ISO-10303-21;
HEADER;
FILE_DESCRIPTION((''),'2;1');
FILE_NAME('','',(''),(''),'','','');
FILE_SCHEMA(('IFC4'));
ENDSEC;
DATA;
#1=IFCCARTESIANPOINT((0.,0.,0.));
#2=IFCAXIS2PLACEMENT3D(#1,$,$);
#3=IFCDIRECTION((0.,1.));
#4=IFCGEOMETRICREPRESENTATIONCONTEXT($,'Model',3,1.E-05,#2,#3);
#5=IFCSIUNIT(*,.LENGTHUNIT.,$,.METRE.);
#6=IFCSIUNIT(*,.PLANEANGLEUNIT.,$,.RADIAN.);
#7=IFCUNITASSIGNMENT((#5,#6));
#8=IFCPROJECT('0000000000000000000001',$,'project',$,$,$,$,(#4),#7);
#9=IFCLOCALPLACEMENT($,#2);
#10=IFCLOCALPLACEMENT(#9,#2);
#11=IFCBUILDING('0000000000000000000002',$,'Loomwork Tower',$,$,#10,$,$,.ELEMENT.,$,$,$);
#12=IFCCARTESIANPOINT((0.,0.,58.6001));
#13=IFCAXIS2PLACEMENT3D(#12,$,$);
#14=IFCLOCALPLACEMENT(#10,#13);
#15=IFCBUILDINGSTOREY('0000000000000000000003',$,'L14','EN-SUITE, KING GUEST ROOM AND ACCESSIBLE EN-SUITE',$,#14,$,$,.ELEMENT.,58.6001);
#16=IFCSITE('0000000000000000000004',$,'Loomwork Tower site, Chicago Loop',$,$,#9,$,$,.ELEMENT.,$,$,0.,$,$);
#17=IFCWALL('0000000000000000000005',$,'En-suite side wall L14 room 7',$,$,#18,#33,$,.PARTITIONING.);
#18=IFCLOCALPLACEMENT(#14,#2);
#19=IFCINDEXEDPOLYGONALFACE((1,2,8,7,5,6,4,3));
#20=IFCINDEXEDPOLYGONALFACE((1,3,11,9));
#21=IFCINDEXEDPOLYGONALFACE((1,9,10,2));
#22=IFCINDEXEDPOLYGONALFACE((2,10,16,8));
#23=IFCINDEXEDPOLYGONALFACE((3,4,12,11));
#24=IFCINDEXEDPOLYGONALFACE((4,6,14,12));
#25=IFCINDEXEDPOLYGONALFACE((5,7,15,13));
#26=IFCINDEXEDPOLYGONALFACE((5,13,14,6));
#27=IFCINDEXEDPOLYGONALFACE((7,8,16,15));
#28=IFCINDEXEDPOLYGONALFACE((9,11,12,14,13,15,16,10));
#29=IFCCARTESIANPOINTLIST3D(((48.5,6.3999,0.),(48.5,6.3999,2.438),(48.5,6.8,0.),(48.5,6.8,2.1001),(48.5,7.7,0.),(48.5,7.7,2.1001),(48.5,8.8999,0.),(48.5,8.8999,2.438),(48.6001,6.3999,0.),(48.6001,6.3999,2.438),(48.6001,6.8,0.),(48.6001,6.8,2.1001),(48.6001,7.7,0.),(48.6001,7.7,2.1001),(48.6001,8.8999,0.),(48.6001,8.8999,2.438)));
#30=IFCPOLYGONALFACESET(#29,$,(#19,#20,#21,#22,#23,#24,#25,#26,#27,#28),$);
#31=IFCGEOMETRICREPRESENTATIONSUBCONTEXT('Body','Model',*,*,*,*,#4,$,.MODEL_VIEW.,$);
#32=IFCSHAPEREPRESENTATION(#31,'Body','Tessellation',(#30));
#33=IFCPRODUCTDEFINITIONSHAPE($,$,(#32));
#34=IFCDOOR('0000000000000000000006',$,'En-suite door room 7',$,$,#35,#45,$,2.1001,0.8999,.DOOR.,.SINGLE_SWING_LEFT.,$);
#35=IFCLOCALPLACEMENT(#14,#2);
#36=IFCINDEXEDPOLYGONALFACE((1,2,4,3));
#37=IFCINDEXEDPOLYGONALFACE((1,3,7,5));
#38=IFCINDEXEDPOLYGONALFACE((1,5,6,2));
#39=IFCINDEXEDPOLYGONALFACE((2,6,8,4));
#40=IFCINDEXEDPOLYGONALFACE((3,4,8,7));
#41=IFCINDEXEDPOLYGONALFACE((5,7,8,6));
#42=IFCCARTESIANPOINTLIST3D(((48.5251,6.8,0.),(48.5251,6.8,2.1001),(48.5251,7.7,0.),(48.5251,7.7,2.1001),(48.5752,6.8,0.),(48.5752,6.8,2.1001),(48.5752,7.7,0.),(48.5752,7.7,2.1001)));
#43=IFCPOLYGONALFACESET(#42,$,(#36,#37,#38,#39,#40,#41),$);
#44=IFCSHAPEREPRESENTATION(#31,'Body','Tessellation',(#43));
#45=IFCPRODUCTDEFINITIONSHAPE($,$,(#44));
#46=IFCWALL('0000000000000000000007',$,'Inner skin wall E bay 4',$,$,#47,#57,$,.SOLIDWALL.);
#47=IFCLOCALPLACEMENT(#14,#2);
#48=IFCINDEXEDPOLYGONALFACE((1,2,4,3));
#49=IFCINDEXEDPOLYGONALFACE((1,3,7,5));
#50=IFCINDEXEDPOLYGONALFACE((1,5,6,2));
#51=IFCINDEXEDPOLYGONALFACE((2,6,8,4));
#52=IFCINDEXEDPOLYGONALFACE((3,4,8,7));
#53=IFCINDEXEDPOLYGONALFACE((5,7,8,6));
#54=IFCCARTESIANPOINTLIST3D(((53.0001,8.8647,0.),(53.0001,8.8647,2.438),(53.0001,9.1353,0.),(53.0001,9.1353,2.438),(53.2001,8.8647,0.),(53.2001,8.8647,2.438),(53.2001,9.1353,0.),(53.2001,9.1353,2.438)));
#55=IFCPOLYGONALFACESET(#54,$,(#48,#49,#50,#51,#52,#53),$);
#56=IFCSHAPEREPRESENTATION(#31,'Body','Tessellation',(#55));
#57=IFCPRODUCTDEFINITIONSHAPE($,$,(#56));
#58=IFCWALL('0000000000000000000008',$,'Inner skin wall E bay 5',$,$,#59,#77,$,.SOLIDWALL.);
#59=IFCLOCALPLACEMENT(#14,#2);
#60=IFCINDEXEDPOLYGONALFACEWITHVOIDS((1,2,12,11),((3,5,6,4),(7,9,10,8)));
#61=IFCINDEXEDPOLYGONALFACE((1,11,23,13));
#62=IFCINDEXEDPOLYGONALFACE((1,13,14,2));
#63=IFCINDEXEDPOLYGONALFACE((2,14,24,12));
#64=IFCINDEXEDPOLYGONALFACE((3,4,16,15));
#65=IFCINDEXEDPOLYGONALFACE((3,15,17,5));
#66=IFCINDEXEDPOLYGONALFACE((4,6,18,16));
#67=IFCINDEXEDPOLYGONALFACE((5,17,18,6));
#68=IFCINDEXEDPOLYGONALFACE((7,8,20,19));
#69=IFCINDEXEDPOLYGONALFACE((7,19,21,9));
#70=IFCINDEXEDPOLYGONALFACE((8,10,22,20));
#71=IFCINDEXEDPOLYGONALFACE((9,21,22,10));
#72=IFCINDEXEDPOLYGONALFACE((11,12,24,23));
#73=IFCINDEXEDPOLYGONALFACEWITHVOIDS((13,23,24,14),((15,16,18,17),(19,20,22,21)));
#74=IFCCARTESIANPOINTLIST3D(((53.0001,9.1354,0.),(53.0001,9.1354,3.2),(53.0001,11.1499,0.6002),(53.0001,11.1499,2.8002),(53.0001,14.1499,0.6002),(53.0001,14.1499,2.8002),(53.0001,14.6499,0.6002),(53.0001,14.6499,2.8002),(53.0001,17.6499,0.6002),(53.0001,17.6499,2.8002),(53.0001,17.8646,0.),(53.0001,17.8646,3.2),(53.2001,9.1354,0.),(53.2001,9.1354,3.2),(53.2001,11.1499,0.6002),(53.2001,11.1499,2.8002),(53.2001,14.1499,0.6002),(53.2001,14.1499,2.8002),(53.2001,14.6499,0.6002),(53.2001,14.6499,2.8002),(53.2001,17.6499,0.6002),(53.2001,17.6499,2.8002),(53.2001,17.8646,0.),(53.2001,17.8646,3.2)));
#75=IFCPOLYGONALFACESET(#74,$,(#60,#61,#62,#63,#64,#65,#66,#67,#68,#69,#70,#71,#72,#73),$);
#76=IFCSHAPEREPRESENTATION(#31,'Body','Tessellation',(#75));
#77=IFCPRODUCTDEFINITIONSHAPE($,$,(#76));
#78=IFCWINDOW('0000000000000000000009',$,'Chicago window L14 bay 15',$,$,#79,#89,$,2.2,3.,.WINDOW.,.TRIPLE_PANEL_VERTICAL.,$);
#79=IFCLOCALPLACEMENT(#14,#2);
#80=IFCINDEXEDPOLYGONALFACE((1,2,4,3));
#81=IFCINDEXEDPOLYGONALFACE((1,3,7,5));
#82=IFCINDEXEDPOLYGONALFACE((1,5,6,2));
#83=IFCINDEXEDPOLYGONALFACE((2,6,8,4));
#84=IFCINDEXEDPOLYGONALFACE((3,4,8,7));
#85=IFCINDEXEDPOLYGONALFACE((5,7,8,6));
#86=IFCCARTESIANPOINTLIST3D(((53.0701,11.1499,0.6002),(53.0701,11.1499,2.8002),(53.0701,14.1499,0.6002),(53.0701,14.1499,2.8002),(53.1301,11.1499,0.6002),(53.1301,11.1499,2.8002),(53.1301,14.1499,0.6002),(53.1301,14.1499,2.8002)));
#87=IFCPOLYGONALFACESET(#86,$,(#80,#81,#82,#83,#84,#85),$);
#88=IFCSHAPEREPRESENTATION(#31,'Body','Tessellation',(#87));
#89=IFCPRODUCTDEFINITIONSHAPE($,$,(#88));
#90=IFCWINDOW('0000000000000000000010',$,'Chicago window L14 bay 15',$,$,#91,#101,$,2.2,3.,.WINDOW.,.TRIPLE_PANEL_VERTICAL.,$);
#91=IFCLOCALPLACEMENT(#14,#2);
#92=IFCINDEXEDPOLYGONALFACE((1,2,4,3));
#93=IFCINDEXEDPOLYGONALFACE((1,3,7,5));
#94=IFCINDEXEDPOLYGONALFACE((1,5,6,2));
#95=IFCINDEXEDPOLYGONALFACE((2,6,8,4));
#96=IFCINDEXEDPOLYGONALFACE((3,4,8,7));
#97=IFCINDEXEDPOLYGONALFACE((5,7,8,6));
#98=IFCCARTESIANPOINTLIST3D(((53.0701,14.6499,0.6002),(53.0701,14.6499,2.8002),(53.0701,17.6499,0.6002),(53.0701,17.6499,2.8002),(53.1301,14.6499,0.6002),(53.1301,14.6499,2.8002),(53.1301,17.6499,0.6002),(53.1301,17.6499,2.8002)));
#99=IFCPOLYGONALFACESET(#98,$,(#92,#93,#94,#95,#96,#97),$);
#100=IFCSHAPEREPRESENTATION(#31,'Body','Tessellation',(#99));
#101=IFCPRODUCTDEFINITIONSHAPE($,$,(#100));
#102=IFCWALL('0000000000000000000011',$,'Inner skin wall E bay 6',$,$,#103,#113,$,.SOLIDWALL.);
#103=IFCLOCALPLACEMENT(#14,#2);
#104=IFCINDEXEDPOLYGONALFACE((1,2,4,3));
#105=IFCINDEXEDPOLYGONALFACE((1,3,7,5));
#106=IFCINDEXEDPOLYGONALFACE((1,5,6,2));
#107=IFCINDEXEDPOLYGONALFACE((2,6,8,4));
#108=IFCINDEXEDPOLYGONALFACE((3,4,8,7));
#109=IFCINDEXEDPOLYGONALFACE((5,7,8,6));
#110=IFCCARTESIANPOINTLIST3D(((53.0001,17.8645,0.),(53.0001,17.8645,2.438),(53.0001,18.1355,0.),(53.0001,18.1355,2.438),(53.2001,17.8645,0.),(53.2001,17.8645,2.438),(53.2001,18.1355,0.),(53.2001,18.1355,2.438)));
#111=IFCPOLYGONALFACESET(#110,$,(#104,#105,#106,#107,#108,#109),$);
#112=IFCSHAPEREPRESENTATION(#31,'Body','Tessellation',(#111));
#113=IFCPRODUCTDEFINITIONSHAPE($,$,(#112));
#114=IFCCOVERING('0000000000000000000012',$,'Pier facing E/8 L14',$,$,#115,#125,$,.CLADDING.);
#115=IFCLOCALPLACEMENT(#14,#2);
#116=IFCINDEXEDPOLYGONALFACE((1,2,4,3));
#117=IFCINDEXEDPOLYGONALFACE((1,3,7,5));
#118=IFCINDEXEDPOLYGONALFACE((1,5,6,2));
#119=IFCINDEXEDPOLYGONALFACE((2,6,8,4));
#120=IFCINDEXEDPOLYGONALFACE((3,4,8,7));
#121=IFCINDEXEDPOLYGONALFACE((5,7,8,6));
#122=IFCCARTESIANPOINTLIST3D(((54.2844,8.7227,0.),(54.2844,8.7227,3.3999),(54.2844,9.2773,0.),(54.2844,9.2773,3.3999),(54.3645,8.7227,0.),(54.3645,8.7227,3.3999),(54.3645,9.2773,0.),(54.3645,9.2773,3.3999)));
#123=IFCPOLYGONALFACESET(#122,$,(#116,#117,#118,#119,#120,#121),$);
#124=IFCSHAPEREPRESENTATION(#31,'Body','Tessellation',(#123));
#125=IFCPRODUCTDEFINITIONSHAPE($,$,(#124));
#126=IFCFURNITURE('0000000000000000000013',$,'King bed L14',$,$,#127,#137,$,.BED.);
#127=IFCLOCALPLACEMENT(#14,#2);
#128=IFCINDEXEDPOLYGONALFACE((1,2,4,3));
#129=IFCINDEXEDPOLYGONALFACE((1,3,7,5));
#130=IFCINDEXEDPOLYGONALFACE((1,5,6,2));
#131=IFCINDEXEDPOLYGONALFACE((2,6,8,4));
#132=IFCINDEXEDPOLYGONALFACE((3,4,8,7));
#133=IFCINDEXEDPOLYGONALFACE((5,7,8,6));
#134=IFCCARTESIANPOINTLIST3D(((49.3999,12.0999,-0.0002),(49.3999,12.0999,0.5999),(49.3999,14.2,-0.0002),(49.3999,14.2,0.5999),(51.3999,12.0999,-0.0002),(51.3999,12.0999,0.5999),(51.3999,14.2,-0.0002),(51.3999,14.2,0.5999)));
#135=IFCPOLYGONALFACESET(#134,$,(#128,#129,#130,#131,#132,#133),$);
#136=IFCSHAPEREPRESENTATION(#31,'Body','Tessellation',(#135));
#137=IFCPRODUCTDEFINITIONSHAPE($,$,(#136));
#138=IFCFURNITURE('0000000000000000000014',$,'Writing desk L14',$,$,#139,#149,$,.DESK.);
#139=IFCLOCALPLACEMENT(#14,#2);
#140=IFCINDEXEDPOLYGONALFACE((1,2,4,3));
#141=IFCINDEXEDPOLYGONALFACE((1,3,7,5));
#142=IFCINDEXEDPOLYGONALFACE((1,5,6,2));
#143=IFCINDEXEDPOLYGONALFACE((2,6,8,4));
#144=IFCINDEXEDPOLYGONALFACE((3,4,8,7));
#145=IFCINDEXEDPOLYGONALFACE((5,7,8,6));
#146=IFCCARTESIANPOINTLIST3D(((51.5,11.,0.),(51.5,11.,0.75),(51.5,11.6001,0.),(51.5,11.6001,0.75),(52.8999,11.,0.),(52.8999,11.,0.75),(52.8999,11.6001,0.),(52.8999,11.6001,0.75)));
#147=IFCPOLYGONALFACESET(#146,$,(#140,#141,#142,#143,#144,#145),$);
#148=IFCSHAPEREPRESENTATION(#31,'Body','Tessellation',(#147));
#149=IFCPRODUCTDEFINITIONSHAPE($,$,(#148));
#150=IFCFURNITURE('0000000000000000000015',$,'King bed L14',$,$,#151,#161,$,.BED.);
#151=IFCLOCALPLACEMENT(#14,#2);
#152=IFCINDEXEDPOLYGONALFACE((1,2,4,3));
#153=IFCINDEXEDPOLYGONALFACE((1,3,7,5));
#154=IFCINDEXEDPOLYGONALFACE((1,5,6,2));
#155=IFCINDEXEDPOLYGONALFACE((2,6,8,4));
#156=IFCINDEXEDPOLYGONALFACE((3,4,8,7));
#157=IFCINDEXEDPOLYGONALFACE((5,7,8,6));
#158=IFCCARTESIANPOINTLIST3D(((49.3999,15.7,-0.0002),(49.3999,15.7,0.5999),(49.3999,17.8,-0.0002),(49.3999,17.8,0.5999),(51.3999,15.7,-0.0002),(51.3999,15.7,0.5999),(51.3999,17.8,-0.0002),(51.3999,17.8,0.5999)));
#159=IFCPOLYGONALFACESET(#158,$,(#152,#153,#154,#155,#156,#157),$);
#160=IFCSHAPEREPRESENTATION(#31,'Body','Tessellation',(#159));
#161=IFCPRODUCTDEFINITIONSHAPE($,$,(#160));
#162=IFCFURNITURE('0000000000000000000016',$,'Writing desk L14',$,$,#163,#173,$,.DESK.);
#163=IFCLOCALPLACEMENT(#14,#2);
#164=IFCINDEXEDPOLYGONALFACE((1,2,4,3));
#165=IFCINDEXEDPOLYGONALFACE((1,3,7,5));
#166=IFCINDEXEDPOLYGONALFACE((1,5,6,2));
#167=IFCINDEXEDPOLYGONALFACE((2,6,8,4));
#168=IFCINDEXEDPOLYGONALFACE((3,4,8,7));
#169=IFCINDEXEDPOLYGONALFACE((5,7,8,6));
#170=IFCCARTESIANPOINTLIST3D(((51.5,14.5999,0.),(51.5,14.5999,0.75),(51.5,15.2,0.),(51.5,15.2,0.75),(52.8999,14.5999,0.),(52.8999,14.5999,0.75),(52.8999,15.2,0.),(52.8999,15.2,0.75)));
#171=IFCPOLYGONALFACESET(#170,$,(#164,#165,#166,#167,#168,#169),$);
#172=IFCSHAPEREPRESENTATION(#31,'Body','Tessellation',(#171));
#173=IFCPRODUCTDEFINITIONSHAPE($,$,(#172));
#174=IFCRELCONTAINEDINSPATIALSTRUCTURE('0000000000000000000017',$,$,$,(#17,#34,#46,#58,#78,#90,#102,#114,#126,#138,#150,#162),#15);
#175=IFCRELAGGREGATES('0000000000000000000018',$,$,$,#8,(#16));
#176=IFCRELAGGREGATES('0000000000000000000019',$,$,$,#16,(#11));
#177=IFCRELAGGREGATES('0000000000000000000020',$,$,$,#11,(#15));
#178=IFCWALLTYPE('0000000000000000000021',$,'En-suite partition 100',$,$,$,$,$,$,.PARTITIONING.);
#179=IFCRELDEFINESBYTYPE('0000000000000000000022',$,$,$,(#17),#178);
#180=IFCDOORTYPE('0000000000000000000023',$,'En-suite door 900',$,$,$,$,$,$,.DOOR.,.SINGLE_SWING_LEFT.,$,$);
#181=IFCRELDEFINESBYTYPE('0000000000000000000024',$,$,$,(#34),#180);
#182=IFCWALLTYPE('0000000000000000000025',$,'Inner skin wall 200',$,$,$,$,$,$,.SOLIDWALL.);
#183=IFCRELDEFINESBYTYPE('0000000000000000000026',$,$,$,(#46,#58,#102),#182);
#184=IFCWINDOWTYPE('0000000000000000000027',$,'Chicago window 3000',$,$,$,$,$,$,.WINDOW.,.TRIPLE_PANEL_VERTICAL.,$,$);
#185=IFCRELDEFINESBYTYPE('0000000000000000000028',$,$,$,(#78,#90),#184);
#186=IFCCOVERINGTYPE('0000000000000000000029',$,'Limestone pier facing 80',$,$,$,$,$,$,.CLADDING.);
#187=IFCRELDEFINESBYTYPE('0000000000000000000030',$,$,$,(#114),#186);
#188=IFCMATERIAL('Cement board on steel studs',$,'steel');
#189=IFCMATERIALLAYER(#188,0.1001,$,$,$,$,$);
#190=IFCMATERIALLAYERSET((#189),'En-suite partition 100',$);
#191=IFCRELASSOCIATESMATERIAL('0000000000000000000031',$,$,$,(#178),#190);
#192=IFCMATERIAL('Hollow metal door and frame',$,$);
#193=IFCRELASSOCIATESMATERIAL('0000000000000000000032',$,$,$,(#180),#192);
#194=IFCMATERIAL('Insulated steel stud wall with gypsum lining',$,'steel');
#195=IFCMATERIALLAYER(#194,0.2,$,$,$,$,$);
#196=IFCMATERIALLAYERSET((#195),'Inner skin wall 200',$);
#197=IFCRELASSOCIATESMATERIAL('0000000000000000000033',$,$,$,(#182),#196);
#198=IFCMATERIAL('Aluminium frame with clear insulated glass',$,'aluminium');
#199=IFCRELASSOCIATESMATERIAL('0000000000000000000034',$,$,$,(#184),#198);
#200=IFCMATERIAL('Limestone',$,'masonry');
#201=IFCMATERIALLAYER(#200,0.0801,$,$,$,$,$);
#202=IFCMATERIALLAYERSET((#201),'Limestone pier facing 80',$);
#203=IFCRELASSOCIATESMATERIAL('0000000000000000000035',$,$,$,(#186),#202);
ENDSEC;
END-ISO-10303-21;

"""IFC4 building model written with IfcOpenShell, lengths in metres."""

from ifc_helpers import new_model, si_unit, direction, frame, frame_2d, origin, origin_2d, place, context, subcontext, project, spatial, rectangle, extrude, material, layer, layer_set, type_object, element, fill, save


model = new_model("IFC4")

# Units and contexts
model_context = context("Model", 3, precision=1e-05, world=origin(), true_north=direction((0.0, 1.0)))
body_context = subcontext(model_context, "Body", "Model", "MODEL_VIEW")
ifc_project = project(units=[si_unit("LENGTHUNIT", "METRE"), si_unit("PLANEANGLEUNIT", "RADIAN")], contexts=[model_context])

# Site, building, storey
site_placement = place(None, origin())
site = spatial("IfcSite", under=ifc_project, at=site_placement, Name="Loomwork Tower site, Chicago Loop", CompositionType="ELEMENT", RefElevation=0.0)
building_placement = place(site_placement, origin())
building = spatial("IfcBuilding", under=site, at=building_placement, Name="Loomwork Tower", CompositionType="ELEMENT")
storey_placement = place(building_placement, frame((0.0, 0.0, 58.6001)))
storey = spatial("IfcBuildingStorey", under=building, at=storey_placement, Name="L14", Description="EN-SUITE, KING GUEST ROOM AND ACCESSIBLE EN-SUITE", CompositionType="ELEMENT", Elevation=58.6001)

# Wall, opening, door
ifc_material_1 = material(Name="Cement board on steel studs", Category="steel")
ifc_layer_1 = layer(ifc_material_1, 0.1001)
ifc_layer_set_1 = layer_set([ifc_layer_1], Name="En-suite partition 100")
wall_type_1 = type_object("IfcWallType", Name="En-suite partition 100", PredefinedType="PARTITIONING", material=ifc_layer_set_1)
wall_1_placement = place(storey_placement, frame((48.55, 8.8999, 0.0), z_axis=(0.0, 0.0, 1.0), x_axis=(0.0, -1.0, 0.0)))
wall_1 = element("IfcWall", 1, at=wall_1_placement, inside=storey, type_object=wall_type_1, Name="En-suite side wall L14 room 7", PredefinedType="PARTITIONING", context=body_context, shape_type="SweptSolid", body=[
    extrude(rectangle(XDim=2.5, YDim=0.1001, at=frame_2d((1.25, 0.0))), origin(), (0.0, 0.0, 1.0), 2.438),
])
opening_1_placement = place(wall_1_placement, frame((1.2, 0.0, 0.0)))
opening_1 = element("IfcOpeningElement", 2, at=opening_1_placement, cuts=wall_1, PredefinedType="OPENING", context=body_context, shape_type="SweptSolid", body=[
    extrude(rectangle(XDim=0.8999, YDim=2.1001, at=frame_2d((0.45, 1.05))), frame((0.0, 0.0601, 0.0), z_axis=(0.0, -1.0, 0.0), x_axis=(1.0, 0.0, 0.0)), (0.0, 0.0, 1.0), 0.1201),
])
ifc_material_2 = material(Name="Hollow metal door and frame")
door_type = type_object("IfcDoorType", Name="En-suite door 900", OperationType="SINGLE_SWING_LEFT", PredefinedType="DOOR", material=ifc_material_2)
door_placement = place(opening_1_placement, frame((0.8999, 0.0, 0.0), z_axis=(0.0, 0.0, 1.0), x_axis=(-1.0, 0.0, 0.0)))
door = element("IfcDoor", 3, at=door_placement, inside=storey, type_object=door_type, Name="En-suite door room 7", OperationType="SINGLE_SWING_LEFT", OverallHeight=2.1001, OverallWidth=0.8999, PredefinedType="DOOR", context=body_context, shape_type="SweptSolid", body=[
    extrude(rectangle(XDim=0.8999, YDim=2.1001, at=frame_2d((0.45, 1.05))), frame((0.0, 0.0249, 0.0), z_axis=(0.0, -1.0, 0.0), x_axis=(1.0, 0.0, 0.0)), (0.0, 0.0, 1.0), 0.05),
])
fill(opening_1, door)

# Wall
ifc_material_3 = material(Name="Insulated steel stud wall with gypsum lining", Category="steel")
ifc_layer_2 = layer(ifc_material_3, 0.2)
ifc_layer_set_2 = layer_set([ifc_layer_2], Name="Inner skin wall 200")
wall_type_2 = type_object("IfcWallType", Name="Inner skin wall 200", PredefinedType="SOLIDWALL", material=ifc_layer_set_2)
wall_2_placement = place(storey_placement, frame((53.1001, 8.8647, 0.0), z_axis=(0.0, 0.0, 1.0), x_axis=(0.0, 1.0, 0.0)))
element("IfcWall", 4, at=wall_2_placement, inside=storey, type_object=wall_type_2, Name="Inner skin wall E bay 4", PredefinedType="SOLIDWALL", context=body_context, shape_type="SweptSolid", body=[
    extrude(rectangle(XDim=0.2705, YDim=0.2, at=frame_2d((0.1353, 0.0))), origin(), (0.0, 0.0, 1.0), 2.438),
])

# Wall, openings, windows
wall_3_placement = place(storey_placement, frame((53.1001, 9.1353, 0.0), z_axis=(0.0, 0.0, 1.0), x_axis=(0.0, 1.0, 0.0)))
wall_3 = element("IfcWall", 5, at=wall_3_placement, inside=storey, type_object=wall_type_2, Name="Inner skin wall E bay 5", PredefinedType="SOLIDWALL", context=body_context, shape_type="SweptSolid", body=[
    extrude(rectangle(XDim=8.7292, YDim=0.2, at=frame_2d((4.3647, 0.0))), origin(), (0.0, 0.0, 1.0), 3.2),
])
opening_2_placement = place(wall_3_placement, frame((2.0146, 0.0, 0.6001)))
opening_2 = element("IfcOpeningElement", 6, at=opening_2_placement, cuts=wall_3, PredefinedType="OPENING", context=body_context, shape_type="SweptSolid", body=[
    extrude(rectangle(XDim=3.0, YDim=2.2, at=frame_2d((1.5, 1.1001))), frame((0.0, 0.1099, 0.0), z_axis=(0.0, -1.0, 0.0), x_axis=(1.0, 0.0, 0.0)), (0.0, 0.0, 1.0), 0.22),
])
opening_3_placement = place(wall_3_placement, frame((5.5146, 0.0, 0.6001)))
opening_3 = element("IfcOpeningElement", 7, at=opening_3_placement, cuts=wall_3, PredefinedType="OPENING", context=body_context, shape_type="SweptSolid", body=[
    extrude(rectangle(XDim=3.0, YDim=2.2, at=frame_2d((1.5, 1.1001))), frame((0.0, 0.1099, 0.0), z_axis=(0.0, -1.0, 0.0), x_axis=(1.0, 0.0, 0.0)), (0.0, 0.0, 1.0), 0.22),
])
ifc_material_4 = material(Name="Aluminium frame with clear insulated glass", Category="aluminium")
window_type = type_object("IfcWindowType", Name="Chicago window 3000", PartitioningType="TRIPLE_PANEL_VERTICAL", PredefinedType="WINDOW", material=ifc_material_4)
window_1_placement = place(opening_2_placement, origin())
window_1 = element("IfcWindow", 8, at=window_1_placement, inside=storey, type_object=window_type, Name="Chicago window L14 bay 15", OverallHeight=2.2, OverallWidth=3.0, PartitioningType="TRIPLE_PANEL_VERTICAL", PredefinedType="WINDOW", context=body_context, shape_type="SweptSolid", body=[
    extrude(rectangle(XDim=3.0, YDim=2.2, at=frame_2d((1.5, 1.1001))), frame((0.0, 0.03, 0.0), z_axis=(0.0, -1.0, 0.0), x_axis=(1.0, 0.0, 0.0)), (0.0, 0.0, 1.0), 0.0601),
])
fill(opening_2, window_1)
window_2_placement = place(opening_3_placement, origin())
window_2 = element("IfcWindow", 9, at=window_2_placement, inside=storey, type_object=window_type, Name="Chicago window L14 bay 15", OverallHeight=2.2, OverallWidth=3.0, PartitioningType="TRIPLE_PANEL_VERTICAL", PredefinedType="WINDOW", context=body_context, shape_type="SweptSolid", body=[
    extrude(rectangle(XDim=3.0, YDim=2.2, at=frame_2d((1.5, 1.1001))), frame((0.0, 0.03, 0.0), z_axis=(0.0, -1.0, 0.0), x_axis=(1.0, 0.0, 0.0)), (0.0, 0.0, 1.0), 0.0601),
])
fill(opening_3, window_2)

# Wall
wall_4_placement = place(storey_placement, frame((53.1001, 17.8645, 0.0), z_axis=(0.0, 0.0, 1.0), x_axis=(0.0, 1.0, 0.0)))
element("IfcWall", 10, at=wall_4_placement, inside=storey, type_object=wall_type_2, Name="Inner skin wall E bay 6", PredefinedType="SOLIDWALL", context=body_context, shape_type="SweptSolid", body=[
    extrude(rectangle(XDim=0.271, YDim=0.2, at=frame_2d((0.1355, 0.0))), origin(), (0.0, 0.0, 1.0), 2.438),
])

# Covering
ifc_material_5 = material(Name="Limestone", Category="masonry")
ifc_layer_3 = layer(ifc_material_5, 0.0801)
ifc_layer_set_3 = layer_set([ifc_layer_3], Name="Limestone pier facing 80")
covering_type = type_object("IfcCoveringType", Name="Limestone pier facing 80", PredefinedType="CLADDING", material=ifc_layer_set_3)
covering_placement = place(storey_placement, frame((54.3245, 9.0, 0.0), z_axis=(0.0, 0.0, 1.0), x_axis=(1.0, 0.0, 0.0)))
element("IfcCovering", 11, at=covering_placement, inside=storey, type_object=covering_type, Name="Pier facing E/8 L14", PredefinedType="CLADDING", context=body_context, shape_type="SweptSolid", body=[
    extrude(rectangle(XDim=0.0801, YDim=0.5547, at=origin_2d()), origin(), (0.0, 0.0, 1.0), 3.3999),
])

# Furniture
furniture_1_placement = place(storey_placement, frame((50.3999, 13.1499, -0.0002), z_axis=(0.0, 0.0, 1.0), x_axis=(1.0, 0.0, 0.0)))
element("IfcFurniture", 12, at=furniture_1_placement, inside=storey, Name="King bed L14", PredefinedType="BED", context=body_context, shape_type="SweptSolid", body=[
    extrude(rectangle(XDim=2.0, YDim=2.1001, at=origin_2d()), origin(), (0.0, 0.0, 1.0), 0.6001),
])
furniture_2_placement = place(storey_placement, frame((52.2, 11.3, 0.0), z_axis=(0.0, 0.0, 1.0), x_axis=(1.0, 0.0, 0.0)))
element("IfcFurniture", 13, at=furniture_2_placement, inside=storey, Name="Writing desk L14", PredefinedType="DESK", context=body_context, shape_type="SweptSolid", body=[
    extrude(rectangle(XDim=1.3999, YDim=0.6001, at=origin_2d()), origin(), (0.0, 0.0, 1.0), 0.75),
])
furniture_3_placement = place(storey_placement, frame((50.3999, 16.75, -0.0002), z_axis=(0.0, 0.0, 1.0), x_axis=(1.0, 0.0, 0.0)))
element("IfcFurniture", 14, at=furniture_3_placement, inside=storey, Name="King bed L14", PredefinedType="BED", context=body_context, shape_type="SweptSolid", body=[
    extrude(rectangle(XDim=2.0, YDim=2.1001, at=origin_2d()), origin(), (0.0, 0.0, 1.0), 0.6001),
])
furniture_4_placement = place(storey_placement, frame((52.2, 14.8999, 0.0), z_axis=(0.0, 0.0, 1.0), x_axis=(1.0, 0.0, 0.0)))
element("IfcFurniture", 15, at=furniture_4_placement, inside=storey, Name="Writing desk L14", PredefinedType="DESK", context=body_context, shape_type="SweptSolid", body=[
    extrude(rectangle(XDim=1.3999, YDim=0.6001, at=origin_2d()), origin(), (0.0, 0.0, 1.0), 0.75),
])

save(model, "model.ifc")
